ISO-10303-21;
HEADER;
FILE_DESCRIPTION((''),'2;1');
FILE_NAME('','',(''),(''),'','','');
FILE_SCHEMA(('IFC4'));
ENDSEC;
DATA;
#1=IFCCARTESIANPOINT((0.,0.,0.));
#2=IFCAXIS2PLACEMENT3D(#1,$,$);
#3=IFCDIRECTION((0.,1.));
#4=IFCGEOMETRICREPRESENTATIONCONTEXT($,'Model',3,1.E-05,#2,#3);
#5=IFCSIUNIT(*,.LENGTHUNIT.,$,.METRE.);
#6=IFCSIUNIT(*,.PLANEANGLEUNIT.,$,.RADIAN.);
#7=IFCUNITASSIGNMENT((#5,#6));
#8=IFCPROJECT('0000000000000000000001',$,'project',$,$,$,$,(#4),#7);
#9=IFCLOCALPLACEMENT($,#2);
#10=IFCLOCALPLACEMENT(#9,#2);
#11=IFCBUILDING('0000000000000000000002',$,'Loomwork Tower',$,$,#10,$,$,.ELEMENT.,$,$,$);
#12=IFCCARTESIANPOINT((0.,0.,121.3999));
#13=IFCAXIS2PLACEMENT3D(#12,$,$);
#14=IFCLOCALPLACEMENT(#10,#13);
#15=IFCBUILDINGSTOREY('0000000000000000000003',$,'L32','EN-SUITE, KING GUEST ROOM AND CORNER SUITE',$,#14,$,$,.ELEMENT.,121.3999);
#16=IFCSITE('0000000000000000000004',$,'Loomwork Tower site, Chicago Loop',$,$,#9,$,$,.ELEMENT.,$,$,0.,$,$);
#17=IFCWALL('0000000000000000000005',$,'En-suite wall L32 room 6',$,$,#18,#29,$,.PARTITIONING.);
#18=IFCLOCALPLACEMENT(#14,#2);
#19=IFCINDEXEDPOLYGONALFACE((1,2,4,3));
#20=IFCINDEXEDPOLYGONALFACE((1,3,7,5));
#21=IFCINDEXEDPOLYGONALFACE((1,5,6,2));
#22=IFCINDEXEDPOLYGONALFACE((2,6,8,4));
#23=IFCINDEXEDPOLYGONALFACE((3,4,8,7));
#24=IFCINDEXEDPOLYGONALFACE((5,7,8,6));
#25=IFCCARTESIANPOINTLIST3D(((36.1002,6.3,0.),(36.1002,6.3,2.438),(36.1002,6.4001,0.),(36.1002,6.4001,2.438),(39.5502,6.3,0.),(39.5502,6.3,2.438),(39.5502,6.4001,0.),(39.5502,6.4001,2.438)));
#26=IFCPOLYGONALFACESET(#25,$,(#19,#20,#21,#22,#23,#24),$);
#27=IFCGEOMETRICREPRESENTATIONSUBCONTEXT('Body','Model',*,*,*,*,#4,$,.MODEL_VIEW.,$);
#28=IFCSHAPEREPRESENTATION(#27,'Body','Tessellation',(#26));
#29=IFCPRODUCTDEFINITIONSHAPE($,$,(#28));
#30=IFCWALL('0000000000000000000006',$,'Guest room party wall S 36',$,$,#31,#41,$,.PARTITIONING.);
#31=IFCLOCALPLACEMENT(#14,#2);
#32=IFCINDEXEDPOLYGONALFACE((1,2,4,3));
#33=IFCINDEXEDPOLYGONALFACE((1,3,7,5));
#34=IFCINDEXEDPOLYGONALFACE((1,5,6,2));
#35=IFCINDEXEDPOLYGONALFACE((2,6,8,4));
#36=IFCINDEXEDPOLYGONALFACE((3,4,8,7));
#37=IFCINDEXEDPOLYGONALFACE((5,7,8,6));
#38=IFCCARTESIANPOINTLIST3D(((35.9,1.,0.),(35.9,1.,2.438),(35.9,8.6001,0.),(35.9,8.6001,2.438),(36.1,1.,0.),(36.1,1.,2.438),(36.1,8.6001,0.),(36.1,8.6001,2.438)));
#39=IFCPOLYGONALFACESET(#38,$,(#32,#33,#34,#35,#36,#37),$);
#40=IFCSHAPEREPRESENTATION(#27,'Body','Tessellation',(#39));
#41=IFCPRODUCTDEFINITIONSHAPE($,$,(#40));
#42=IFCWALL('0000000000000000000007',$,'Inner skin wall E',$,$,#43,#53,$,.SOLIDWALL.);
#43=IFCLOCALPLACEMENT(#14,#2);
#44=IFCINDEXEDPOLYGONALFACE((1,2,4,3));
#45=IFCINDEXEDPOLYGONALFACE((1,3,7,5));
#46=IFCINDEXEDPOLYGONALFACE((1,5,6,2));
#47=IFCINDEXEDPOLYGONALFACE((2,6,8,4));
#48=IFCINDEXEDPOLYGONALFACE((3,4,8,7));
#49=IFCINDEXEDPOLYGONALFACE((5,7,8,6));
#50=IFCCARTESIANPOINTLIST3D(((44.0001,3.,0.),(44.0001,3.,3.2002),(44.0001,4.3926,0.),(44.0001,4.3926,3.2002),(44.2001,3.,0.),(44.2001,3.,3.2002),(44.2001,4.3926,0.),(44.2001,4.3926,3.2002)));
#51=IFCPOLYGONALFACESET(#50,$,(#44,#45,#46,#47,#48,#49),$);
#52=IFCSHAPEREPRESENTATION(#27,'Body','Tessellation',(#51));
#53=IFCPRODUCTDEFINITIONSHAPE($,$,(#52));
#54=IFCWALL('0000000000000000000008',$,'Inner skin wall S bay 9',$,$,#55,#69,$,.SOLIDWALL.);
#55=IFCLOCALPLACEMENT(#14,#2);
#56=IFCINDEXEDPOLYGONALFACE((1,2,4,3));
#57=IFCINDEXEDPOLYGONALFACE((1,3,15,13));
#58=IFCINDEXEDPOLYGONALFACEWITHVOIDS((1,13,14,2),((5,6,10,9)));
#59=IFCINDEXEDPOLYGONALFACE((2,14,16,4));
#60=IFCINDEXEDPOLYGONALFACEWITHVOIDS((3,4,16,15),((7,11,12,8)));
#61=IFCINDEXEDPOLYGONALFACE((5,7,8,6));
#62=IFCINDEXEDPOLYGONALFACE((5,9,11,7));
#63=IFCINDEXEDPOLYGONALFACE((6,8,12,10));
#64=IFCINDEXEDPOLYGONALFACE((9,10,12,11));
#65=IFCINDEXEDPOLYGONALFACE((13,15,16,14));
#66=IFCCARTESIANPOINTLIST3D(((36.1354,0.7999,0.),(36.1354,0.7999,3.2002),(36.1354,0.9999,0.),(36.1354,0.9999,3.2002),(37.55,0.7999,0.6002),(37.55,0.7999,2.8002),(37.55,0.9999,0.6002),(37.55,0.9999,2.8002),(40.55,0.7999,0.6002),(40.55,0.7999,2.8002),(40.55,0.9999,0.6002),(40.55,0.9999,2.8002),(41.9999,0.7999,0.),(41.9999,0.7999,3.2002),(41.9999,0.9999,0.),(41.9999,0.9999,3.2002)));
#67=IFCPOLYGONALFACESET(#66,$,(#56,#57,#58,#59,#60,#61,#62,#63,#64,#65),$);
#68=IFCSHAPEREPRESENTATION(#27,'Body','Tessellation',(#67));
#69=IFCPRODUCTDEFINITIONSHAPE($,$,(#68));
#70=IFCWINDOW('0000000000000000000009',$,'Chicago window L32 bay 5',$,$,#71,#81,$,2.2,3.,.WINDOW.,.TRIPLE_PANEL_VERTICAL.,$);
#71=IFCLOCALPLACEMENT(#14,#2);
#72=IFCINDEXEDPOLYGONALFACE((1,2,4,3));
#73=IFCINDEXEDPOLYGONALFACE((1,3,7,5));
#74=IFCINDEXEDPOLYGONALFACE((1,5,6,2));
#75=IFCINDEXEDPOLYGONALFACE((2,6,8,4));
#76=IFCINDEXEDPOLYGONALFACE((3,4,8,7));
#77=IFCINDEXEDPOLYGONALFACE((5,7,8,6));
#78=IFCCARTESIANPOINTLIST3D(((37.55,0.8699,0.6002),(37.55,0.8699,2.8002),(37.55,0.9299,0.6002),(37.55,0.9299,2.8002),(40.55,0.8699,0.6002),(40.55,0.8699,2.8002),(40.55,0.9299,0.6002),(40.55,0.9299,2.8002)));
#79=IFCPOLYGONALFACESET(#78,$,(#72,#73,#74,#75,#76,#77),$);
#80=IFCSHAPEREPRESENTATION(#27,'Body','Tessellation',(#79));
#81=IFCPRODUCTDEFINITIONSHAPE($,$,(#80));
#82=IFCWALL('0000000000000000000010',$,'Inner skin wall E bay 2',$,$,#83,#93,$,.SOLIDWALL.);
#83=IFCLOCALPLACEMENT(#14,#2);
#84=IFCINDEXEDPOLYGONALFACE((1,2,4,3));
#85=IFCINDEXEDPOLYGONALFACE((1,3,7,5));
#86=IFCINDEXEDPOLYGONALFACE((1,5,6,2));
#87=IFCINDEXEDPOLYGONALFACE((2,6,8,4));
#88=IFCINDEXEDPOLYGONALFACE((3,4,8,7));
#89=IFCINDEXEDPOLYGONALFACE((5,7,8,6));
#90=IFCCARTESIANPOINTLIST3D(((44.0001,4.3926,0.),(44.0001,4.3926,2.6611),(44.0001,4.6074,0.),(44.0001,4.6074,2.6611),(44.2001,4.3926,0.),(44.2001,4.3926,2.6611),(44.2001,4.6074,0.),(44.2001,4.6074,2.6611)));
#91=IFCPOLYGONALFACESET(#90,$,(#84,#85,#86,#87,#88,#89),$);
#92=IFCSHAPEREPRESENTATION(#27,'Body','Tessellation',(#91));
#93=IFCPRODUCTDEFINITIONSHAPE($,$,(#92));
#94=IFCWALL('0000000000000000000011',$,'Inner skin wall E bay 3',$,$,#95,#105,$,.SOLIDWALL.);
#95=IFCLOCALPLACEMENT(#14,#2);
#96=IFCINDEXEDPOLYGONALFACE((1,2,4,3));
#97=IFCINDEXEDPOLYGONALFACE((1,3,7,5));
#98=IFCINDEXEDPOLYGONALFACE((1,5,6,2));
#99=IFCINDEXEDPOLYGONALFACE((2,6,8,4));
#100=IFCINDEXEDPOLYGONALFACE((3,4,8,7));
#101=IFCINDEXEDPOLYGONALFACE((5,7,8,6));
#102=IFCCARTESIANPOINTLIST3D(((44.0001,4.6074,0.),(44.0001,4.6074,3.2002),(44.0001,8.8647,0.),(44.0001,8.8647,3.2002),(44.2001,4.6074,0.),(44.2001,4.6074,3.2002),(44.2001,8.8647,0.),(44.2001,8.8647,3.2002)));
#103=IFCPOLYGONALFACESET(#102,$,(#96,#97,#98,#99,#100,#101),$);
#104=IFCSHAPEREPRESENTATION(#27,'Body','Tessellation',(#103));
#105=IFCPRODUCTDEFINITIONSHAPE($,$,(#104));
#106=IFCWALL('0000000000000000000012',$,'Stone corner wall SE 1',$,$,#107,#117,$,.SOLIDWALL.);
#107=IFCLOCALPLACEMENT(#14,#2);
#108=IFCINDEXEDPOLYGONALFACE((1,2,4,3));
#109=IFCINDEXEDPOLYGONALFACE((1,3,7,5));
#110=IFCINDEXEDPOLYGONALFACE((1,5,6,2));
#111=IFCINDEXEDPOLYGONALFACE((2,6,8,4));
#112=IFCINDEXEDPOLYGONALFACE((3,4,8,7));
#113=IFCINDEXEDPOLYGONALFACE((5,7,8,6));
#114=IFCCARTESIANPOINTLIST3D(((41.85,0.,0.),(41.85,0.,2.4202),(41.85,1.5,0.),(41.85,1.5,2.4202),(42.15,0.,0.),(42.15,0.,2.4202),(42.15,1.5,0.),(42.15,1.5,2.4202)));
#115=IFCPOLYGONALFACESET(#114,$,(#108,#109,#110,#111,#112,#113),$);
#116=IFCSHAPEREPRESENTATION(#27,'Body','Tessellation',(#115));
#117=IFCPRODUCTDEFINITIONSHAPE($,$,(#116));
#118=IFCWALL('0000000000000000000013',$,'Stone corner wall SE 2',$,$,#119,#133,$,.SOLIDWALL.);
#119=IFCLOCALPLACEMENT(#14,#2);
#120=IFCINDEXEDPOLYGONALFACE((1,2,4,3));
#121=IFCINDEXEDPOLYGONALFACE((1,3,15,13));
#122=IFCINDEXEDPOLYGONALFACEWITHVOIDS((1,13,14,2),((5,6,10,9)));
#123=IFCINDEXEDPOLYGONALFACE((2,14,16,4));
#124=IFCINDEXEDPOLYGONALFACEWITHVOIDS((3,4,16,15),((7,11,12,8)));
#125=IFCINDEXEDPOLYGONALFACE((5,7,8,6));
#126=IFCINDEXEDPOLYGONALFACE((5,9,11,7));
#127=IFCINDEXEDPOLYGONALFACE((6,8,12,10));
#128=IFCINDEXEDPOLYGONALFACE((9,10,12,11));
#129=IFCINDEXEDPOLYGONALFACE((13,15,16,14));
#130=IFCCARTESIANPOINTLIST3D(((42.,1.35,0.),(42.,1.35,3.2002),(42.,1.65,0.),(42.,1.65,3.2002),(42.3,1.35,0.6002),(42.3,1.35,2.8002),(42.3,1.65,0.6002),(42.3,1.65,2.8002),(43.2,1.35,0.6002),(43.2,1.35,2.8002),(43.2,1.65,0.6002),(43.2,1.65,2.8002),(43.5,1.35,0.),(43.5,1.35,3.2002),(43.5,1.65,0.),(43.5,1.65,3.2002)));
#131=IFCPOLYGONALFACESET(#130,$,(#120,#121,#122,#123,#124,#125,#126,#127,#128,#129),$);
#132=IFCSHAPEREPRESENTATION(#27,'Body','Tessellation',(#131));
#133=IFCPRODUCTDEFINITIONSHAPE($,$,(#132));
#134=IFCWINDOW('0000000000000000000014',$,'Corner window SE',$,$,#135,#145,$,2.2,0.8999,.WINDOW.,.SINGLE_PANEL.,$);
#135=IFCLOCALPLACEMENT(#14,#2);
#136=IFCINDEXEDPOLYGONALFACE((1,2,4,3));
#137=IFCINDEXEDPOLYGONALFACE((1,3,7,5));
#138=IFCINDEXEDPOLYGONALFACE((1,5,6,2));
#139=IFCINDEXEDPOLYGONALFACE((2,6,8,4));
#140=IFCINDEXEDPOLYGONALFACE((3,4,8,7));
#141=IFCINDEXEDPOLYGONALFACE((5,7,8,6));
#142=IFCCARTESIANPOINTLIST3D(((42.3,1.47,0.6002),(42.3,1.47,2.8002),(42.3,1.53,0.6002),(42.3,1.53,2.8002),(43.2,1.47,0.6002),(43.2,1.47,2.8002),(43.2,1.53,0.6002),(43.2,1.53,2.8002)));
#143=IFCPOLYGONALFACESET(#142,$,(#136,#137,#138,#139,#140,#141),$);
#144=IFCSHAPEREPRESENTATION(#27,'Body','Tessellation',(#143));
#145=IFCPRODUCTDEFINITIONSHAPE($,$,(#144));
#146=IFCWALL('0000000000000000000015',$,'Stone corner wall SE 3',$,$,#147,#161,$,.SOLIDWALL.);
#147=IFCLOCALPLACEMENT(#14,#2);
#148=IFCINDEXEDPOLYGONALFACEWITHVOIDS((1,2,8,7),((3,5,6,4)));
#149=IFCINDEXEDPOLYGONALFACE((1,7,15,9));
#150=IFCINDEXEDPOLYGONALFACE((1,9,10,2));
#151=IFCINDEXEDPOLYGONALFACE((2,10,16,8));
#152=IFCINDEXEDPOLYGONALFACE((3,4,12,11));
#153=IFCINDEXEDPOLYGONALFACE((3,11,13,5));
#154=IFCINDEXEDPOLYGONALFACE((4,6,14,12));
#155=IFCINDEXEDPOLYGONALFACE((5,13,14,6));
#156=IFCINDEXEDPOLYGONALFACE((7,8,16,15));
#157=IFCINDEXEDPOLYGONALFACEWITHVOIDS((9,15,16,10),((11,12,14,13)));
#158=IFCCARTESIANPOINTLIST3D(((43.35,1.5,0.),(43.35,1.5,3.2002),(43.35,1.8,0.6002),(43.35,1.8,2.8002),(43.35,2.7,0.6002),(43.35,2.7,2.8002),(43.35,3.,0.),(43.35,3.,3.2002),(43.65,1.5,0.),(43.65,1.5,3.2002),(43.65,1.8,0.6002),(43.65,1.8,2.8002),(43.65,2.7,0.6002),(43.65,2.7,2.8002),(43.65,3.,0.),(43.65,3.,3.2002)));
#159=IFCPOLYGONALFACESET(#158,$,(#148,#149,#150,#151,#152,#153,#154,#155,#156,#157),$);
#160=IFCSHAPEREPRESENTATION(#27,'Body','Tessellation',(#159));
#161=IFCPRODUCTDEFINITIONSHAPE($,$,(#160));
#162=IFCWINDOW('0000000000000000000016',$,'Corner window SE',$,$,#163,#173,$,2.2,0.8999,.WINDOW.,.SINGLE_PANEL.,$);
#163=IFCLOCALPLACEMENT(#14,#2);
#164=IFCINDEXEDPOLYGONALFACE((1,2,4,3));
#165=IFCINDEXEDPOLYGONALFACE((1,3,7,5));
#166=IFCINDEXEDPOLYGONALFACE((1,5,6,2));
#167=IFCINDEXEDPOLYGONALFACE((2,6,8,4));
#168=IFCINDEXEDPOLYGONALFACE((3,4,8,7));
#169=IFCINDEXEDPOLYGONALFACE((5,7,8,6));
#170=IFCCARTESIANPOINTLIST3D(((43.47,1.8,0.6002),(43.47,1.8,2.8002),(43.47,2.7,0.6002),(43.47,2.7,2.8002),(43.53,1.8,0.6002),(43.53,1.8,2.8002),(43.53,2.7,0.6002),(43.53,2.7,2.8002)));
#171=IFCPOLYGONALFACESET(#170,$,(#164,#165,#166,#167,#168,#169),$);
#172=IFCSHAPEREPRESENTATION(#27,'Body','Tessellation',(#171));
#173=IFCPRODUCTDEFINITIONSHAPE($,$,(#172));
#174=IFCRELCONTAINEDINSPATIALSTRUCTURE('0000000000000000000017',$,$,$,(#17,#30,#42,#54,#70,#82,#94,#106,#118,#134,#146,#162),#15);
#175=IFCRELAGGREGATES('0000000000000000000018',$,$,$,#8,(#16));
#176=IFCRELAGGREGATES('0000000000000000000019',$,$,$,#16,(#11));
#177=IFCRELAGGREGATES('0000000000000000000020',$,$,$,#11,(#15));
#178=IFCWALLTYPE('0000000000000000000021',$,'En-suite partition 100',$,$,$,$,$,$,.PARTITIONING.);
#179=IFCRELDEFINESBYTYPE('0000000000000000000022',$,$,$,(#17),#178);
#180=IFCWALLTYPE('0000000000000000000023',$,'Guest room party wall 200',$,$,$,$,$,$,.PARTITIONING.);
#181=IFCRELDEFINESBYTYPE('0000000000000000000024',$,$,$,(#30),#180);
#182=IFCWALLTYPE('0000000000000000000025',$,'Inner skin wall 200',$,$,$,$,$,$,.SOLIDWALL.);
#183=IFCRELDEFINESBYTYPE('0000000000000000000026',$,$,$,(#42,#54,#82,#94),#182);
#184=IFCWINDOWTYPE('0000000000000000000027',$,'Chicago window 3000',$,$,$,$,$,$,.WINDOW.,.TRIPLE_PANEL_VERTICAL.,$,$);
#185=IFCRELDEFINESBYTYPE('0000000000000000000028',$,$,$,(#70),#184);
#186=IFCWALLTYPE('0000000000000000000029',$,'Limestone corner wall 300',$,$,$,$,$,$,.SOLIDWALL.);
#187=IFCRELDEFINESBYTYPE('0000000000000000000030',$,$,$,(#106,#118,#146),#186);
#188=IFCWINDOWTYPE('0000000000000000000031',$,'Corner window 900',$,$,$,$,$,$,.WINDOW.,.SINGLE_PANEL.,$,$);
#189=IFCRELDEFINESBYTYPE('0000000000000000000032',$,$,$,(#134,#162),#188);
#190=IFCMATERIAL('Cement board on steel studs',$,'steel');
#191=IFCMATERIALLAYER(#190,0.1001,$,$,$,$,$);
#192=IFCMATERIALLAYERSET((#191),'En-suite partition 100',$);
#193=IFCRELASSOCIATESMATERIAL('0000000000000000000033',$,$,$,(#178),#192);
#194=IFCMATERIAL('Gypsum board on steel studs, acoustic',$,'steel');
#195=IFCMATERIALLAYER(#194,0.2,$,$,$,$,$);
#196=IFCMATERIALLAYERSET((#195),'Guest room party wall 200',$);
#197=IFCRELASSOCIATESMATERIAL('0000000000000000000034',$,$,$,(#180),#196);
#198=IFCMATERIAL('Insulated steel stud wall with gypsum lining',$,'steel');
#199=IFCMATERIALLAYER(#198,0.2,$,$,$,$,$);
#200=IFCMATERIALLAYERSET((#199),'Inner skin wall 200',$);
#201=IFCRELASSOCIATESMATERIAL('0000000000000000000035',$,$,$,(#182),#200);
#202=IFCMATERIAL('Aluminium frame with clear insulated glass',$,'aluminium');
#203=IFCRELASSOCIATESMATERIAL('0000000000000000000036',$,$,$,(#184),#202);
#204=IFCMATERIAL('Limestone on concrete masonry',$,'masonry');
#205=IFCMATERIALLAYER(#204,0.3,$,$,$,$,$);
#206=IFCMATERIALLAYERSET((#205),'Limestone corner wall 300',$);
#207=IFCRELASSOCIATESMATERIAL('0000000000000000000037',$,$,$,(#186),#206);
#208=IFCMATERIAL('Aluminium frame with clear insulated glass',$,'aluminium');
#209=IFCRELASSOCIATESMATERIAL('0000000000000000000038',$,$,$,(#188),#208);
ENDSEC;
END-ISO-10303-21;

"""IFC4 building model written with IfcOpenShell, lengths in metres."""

from ifc_helpers import new_model, si_unit, direction, frame, frame_2d, origin, place, context, subcontext, project, spatial, rectangle, extrude, material, layer, layer_set, type_object, element, fill, save


model = new_model("IFC4")

# Units and contexts
model_context = context("Model", 3, precision=1e-05, world=origin(), true_north=direction((0.0, 1.0)))
body_context = subcontext(model_context, "Body", "Model", "MODEL_VIEW")
ifc_project = project(units=[si_unit("LENGTHUNIT", "METRE"), si_unit("PLANEANGLEUNIT", "RADIAN")], contexts=[model_context])

# Site, building, storey
site_placement = place(None, origin())
site = spatial("IfcSite", under=ifc_project, at=site_placement, Name="Loomwork Tower site, Chicago Loop", CompositionType="ELEMENT", RefElevation=0.0)
building_placement = place(site_placement, origin())
building = spatial("IfcBuilding", under=site, at=building_placement, Name="Loomwork Tower", CompositionType="ELEMENT")
storey_placement = place(building_placement, frame((0.0, 0.0, 121.3999)))
storey = spatial("IfcBuildingStorey", under=building, at=storey_placement, Name="L32", Description="EN-SUITE, KING GUEST ROOM AND CORNER SUITE", CompositionType="ELEMENT", Elevation=121.3999)

# Walls
ifc_material_1 = material(Name="Cement board on steel studs", Category="steel")
ifc_layer_1 = layer(ifc_material_1, 0.1001)
ifc_layer_set_1 = layer_set([ifc_layer_1], Name="En-suite partition 100")
wall_type_1 = type_object("IfcWallType", Name="En-suite partition 100", PredefinedType="PARTITIONING", material=ifc_layer_set_1)
wall_1_placement = place(storey_placement, frame((36.1001, 6.3501, 0.0), z_axis=(0.0, 0.0, 1.0), x_axis=(1.0, 0.0, 0.0)))
element("IfcWall", 1, at=wall_1_placement, inside=storey, type_object=wall_type_1, Name="En-suite wall L32 room 6", PredefinedType="PARTITIONING", context=body_context, shape_type="SweptSolid", body=[
    extrude(rectangle(XDim=3.45, YDim=0.1001, at=frame_2d((1.7251, 0.0))), origin(), (0.0, 0.0, 1.0), 2.438),
])
ifc_material_2 = material(Name="Gypsum board on steel studs, acoustic", Category="steel")
ifc_layer_2 = layer(ifc_material_2, 0.2)
ifc_layer_set_2 = layer_set([ifc_layer_2], Name="Guest room party wall 200")
wall_type_2 = type_object("IfcWallType", Name="Guest room party wall 200", PredefinedType="PARTITIONING", material=ifc_layer_set_2)
wall_2_placement = place(storey_placement, frame((36.0, 8.6001, 0.0), z_axis=(0.0, 0.0, 1.0), x_axis=(0.0, -1.0, 0.0)))
element("IfcWall", 2, at=wall_2_placement, inside=storey, type_object=wall_type_2, Name="Guest room party wall S 36", PredefinedType="PARTITIONING", context=body_context, shape_type="SweptSolid", body=[
    extrude(rectangle(XDim=7.6001, YDim=0.2, at=frame_2d((3.8, 0.0))), origin(), (0.0, 0.0, 1.0), 2.438),
])
ifc_material_3 = material(Name="Insulated steel stud wall with gypsum lining", Category="steel")
ifc_layer_3 = layer(ifc_material_3, 0.2)
ifc_layer_set_3 = layer_set([ifc_layer_3], Name="Inner skin wall 200")
wall_type_3 = type_object("IfcWallType", Name="Inner skin wall 200", PredefinedType="SOLIDWALL", material=ifc_layer_set_3)
wall_3_placement = place(storey_placement, frame((44.1001, 3.0, 0.0), z_axis=(0.0, 0.0, 1.0), x_axis=(0.0, 1.0, 0.0)))
element("IfcWall", 3, at=wall_3_placement, inside=storey, type_object=wall_type_3, Name="Inner skin wall E", PredefinedType="SOLIDWALL", context=body_context, shape_type="SweptSolid", body=[
    extrude(rectangle(XDim=1.3926, YDim=0.2, at=frame_2d((0.6963, 0.0))), origin(), (0.0, 0.0, 1.0), 3.2002),
])

# Wall, opening, window
wall_4_placement = place(storey_placement, frame((36.1355, 0.8999, 0.0), z_axis=(0.0, 0.0, 1.0), x_axis=(1.0, 0.0, 0.0)))
wall_4 = element("IfcWall", 4, at=wall_4_placement, inside=storey, type_object=wall_type_3, Name="Inner skin wall S bay 9", PredefinedType="SOLIDWALL", context=body_context, shape_type="SweptSolid", body=[
    extrude(rectangle(XDim=5.8645, YDim=0.2, at=frame_2d((2.9321, 0.0))), origin(), (0.0, 0.0, 1.0), 3.2002),
])
opening_1_placement = place(wall_4_placement, frame((1.4146, 0.0, 0.6001)))
opening_1 = element("IfcOpeningElement", 5, at=opening_1_placement, cuts=wall_4, PredefinedType="OPENING", context=body_context, shape_type="SweptSolid", body=[
    extrude(rectangle(XDim=3.0, YDim=2.2, at=frame_2d((1.5, 1.1001))), frame((0.0, 0.1099, 0.0), z_axis=(0.0, -1.0, 0.0), x_axis=(1.0, 0.0, 0.0)), (0.0, 0.0, 1.0), 0.22),
])
ifc_material_4 = material(Name="Aluminium frame with clear insulated glass", Category="aluminium")
window_type_1 = type_object("IfcWindowType", Name="Chicago window 3000", PartitioningType="TRIPLE_PANEL_VERTICAL", PredefinedType="WINDOW", material=ifc_material_4)
window_1_placement = place(opening_1_placement, origin())
window_1 = element("IfcWindow", 6, at=window_1_placement, inside=storey, type_object=window_type_1, Name="Chicago window L32 bay 5", OverallHeight=2.2, OverallWidth=3.0, PartitioningType="TRIPLE_PANEL_VERTICAL", PredefinedType="WINDOW", context=body_context, shape_type="SweptSolid", body=[
    extrude(rectangle(XDim=3.0, YDim=2.2, at=frame_2d((1.5, 1.1001))), frame((0.0, 0.03, 0.0), z_axis=(0.0, -1.0, 0.0), x_axis=(1.0, 0.0, 0.0)), (0.0, 0.0, 1.0), 0.0601),
])
fill(opening_1, window_1)

# Walls
wall_5_placement = place(storey_placement, frame((44.1001, 4.3926, 0.0), z_axis=(0.0, 0.0, 1.0), x_axis=(0.0, 1.0, 0.0)))
element("IfcWall", 7, at=wall_5_placement, inside=storey, type_object=wall_type_3, Name="Inner skin wall E bay 2", PredefinedType="SOLIDWALL", context=body_context, shape_type="SweptSolid", body=[
    extrude(rectangle(XDim=0.2148, YDim=0.2, at=frame_2d((0.1074, 0.0))), origin(), (0.0, 0.0, 1.0), 2.6611),
])
wall_6_placement = place(storey_placement, frame((44.1001, 4.6074, 0.0), z_axis=(0.0, 0.0, 1.0), x_axis=(0.0, 1.0, 0.0)))
element("IfcWall", 8, at=wall_6_placement, inside=storey, type_object=wall_type_3, Name="Inner skin wall E bay 3", PredefinedType="SOLIDWALL", context=body_context, shape_type="SweptSolid", body=[
    extrude(rectangle(XDim=4.2573, YDim=0.2, at=frame_2d((2.1287, 0.0))), origin(), (0.0, 0.0, 1.0), 3.2002),
])
ifc_material_5 = material(Name="Limestone on concrete masonry", Category="masonry")
ifc_layer_4 = layer(ifc_material_5, 0.3)
ifc_layer_set_4 = layer_set([ifc_layer_4], Name="Limestone corner wall 300")
wall_type_4 = type_object("IfcWallType", Name="Limestone corner wall 300", PredefinedType="SOLIDWALL", material=ifc_layer_set_4)
wall_7_placement = place(storey_placement, frame((42.0, 0.0, 0.0), z_axis=(0.0, 0.0, 1.0), x_axis=(0.0, 1.0, 0.0)))
element("IfcWall", 9, at=wall_7_placement, inside=storey, type_object=wall_type_4, Name="Stone corner wall SE 1", PredefinedType="SOLIDWALL", context=body_context, shape_type="SweptSolid", body=[
    extrude(rectangle(XDim=1.5, YDim=0.3, at=frame_2d((0.75, 0.0))), origin(), (0.0, 0.0, 1.0), 2.4202),
])

# Walls, openings, windows
wall_8_placement = place(storey_placement, frame((42.0, 1.5, 0.0), z_axis=(0.0, 0.0, 1.0), x_axis=(1.0, 0.0, 0.0)))
wall_8 = element("IfcWall", 10, at=wall_8_placement, inside=storey, type_object=wall_type_4, Name="Stone corner wall SE 2", PredefinedType="SOLIDWALL", context=body_context, shape_type="SweptSolid", body=[
    extrude(rectangle(XDim=1.5, YDim=0.3, at=frame_2d((0.75, 0.0))), origin(), (0.0, 0.0, 1.0), 3.2002),
])
opening_2_placement = place(wall_8_placement, frame((0.3, 0.0, 0.6001)))
opening_2 = element("IfcOpeningElement", 11, at=opening_2_placement, cuts=wall_8, PredefinedType="OPENING", context=body_context, shape_type="SweptSolid", body=[
    extrude(rectangle(XDim=0.8999, YDim=2.2, at=frame_2d((0.45, 1.1001))), frame((0.0, 0.1599, 0.0), z_axis=(0.0, -1.0, 0.0), x_axis=(1.0, 0.0, 0.0)), (0.0, 0.0, 1.0), 0.3201),
])
ifc_material_6 = material(Name="Aluminium frame with clear insulated glass", Category="aluminium")
window_type_2 = type_object("IfcWindowType", Name="Corner window 900", PartitioningType="SINGLE_PANEL", PredefinedType="WINDOW", material=ifc_material_6)
window_2_placement = place(opening_2_placement, origin())
window_2 = element("IfcWindow", 12, at=window_2_placement, inside=storey, type_object=window_type_2, Name="Corner window SE", OverallHeight=2.2, OverallWidth=0.8999, PartitioningType="SINGLE_PANEL", PredefinedType="WINDOW", context=body_context, shape_type="SweptSolid", body=[
    extrude(rectangle(XDim=0.8999, YDim=2.2, at=frame_2d((0.45, 1.1001))), frame((0.0, 0.03, 0.0), z_axis=(0.0, -1.0, 0.0), x_axis=(1.0, 0.0, 0.0)), (0.0, 0.0, 1.0), 0.0601),
])
fill(opening_2, window_2)
wall_9_placement = place(storey_placement, frame((43.5, 1.5, 0.0), z_axis=(0.0, 0.0, 1.0), x_axis=(0.0, 1.0, 0.0)))
wall_9 = element("IfcWall", 13, at=wall_9_placement, inside=storey, type_object=wall_type_4, Name="Stone corner wall SE 3", PredefinedType="SOLIDWALL", context=body_context, shape_type="SweptSolid", body=[
    extrude(rectangle(XDim=1.5, YDim=0.3, at=frame_2d((0.75, 0.0))), origin(), (0.0, 0.0, 1.0), 3.2002),
])
opening_3_placement = place(wall_9_placement, frame((0.3, 0.0, 0.6001)))
opening_3 = element("IfcOpeningElement", 14, at=opening_3_placement, cuts=wall_9, PredefinedType="OPENING", context=body_context, shape_type="SweptSolid", body=[
    extrude(rectangle(XDim=0.8999, YDim=2.2, at=frame_2d((0.45, 1.1001))), frame((0.0, 0.1599, 0.0), z_axis=(0.0, -1.0, 0.0), x_axis=(1.0, 0.0, 0.0)), (0.0, 0.0, 1.0), 0.3201),
])
window_3_placement = place(opening_3_placement, origin())
window_3 = element("IfcWindow", 15, at=window_3_placement, inside=storey, type_object=window_type_2, Name="Corner window SE", OverallHeight=2.2, OverallWidth=0.8999, PartitioningType="SINGLE_PANEL", PredefinedType="WINDOW", context=body_context, shape_type="SweptSolid", body=[
    extrude(rectangle(XDim=0.8999, YDim=2.2, at=frame_2d((0.45, 1.1001))), frame((0.0, 0.03, 0.0), z_axis=(0.0, -1.0, 0.0), x_axis=(1.0, 0.0, 0.0)), (0.0, 0.0, 1.0), 0.0601),
])
fill(opening_3, window_3)

save(model, "model.ifc")
